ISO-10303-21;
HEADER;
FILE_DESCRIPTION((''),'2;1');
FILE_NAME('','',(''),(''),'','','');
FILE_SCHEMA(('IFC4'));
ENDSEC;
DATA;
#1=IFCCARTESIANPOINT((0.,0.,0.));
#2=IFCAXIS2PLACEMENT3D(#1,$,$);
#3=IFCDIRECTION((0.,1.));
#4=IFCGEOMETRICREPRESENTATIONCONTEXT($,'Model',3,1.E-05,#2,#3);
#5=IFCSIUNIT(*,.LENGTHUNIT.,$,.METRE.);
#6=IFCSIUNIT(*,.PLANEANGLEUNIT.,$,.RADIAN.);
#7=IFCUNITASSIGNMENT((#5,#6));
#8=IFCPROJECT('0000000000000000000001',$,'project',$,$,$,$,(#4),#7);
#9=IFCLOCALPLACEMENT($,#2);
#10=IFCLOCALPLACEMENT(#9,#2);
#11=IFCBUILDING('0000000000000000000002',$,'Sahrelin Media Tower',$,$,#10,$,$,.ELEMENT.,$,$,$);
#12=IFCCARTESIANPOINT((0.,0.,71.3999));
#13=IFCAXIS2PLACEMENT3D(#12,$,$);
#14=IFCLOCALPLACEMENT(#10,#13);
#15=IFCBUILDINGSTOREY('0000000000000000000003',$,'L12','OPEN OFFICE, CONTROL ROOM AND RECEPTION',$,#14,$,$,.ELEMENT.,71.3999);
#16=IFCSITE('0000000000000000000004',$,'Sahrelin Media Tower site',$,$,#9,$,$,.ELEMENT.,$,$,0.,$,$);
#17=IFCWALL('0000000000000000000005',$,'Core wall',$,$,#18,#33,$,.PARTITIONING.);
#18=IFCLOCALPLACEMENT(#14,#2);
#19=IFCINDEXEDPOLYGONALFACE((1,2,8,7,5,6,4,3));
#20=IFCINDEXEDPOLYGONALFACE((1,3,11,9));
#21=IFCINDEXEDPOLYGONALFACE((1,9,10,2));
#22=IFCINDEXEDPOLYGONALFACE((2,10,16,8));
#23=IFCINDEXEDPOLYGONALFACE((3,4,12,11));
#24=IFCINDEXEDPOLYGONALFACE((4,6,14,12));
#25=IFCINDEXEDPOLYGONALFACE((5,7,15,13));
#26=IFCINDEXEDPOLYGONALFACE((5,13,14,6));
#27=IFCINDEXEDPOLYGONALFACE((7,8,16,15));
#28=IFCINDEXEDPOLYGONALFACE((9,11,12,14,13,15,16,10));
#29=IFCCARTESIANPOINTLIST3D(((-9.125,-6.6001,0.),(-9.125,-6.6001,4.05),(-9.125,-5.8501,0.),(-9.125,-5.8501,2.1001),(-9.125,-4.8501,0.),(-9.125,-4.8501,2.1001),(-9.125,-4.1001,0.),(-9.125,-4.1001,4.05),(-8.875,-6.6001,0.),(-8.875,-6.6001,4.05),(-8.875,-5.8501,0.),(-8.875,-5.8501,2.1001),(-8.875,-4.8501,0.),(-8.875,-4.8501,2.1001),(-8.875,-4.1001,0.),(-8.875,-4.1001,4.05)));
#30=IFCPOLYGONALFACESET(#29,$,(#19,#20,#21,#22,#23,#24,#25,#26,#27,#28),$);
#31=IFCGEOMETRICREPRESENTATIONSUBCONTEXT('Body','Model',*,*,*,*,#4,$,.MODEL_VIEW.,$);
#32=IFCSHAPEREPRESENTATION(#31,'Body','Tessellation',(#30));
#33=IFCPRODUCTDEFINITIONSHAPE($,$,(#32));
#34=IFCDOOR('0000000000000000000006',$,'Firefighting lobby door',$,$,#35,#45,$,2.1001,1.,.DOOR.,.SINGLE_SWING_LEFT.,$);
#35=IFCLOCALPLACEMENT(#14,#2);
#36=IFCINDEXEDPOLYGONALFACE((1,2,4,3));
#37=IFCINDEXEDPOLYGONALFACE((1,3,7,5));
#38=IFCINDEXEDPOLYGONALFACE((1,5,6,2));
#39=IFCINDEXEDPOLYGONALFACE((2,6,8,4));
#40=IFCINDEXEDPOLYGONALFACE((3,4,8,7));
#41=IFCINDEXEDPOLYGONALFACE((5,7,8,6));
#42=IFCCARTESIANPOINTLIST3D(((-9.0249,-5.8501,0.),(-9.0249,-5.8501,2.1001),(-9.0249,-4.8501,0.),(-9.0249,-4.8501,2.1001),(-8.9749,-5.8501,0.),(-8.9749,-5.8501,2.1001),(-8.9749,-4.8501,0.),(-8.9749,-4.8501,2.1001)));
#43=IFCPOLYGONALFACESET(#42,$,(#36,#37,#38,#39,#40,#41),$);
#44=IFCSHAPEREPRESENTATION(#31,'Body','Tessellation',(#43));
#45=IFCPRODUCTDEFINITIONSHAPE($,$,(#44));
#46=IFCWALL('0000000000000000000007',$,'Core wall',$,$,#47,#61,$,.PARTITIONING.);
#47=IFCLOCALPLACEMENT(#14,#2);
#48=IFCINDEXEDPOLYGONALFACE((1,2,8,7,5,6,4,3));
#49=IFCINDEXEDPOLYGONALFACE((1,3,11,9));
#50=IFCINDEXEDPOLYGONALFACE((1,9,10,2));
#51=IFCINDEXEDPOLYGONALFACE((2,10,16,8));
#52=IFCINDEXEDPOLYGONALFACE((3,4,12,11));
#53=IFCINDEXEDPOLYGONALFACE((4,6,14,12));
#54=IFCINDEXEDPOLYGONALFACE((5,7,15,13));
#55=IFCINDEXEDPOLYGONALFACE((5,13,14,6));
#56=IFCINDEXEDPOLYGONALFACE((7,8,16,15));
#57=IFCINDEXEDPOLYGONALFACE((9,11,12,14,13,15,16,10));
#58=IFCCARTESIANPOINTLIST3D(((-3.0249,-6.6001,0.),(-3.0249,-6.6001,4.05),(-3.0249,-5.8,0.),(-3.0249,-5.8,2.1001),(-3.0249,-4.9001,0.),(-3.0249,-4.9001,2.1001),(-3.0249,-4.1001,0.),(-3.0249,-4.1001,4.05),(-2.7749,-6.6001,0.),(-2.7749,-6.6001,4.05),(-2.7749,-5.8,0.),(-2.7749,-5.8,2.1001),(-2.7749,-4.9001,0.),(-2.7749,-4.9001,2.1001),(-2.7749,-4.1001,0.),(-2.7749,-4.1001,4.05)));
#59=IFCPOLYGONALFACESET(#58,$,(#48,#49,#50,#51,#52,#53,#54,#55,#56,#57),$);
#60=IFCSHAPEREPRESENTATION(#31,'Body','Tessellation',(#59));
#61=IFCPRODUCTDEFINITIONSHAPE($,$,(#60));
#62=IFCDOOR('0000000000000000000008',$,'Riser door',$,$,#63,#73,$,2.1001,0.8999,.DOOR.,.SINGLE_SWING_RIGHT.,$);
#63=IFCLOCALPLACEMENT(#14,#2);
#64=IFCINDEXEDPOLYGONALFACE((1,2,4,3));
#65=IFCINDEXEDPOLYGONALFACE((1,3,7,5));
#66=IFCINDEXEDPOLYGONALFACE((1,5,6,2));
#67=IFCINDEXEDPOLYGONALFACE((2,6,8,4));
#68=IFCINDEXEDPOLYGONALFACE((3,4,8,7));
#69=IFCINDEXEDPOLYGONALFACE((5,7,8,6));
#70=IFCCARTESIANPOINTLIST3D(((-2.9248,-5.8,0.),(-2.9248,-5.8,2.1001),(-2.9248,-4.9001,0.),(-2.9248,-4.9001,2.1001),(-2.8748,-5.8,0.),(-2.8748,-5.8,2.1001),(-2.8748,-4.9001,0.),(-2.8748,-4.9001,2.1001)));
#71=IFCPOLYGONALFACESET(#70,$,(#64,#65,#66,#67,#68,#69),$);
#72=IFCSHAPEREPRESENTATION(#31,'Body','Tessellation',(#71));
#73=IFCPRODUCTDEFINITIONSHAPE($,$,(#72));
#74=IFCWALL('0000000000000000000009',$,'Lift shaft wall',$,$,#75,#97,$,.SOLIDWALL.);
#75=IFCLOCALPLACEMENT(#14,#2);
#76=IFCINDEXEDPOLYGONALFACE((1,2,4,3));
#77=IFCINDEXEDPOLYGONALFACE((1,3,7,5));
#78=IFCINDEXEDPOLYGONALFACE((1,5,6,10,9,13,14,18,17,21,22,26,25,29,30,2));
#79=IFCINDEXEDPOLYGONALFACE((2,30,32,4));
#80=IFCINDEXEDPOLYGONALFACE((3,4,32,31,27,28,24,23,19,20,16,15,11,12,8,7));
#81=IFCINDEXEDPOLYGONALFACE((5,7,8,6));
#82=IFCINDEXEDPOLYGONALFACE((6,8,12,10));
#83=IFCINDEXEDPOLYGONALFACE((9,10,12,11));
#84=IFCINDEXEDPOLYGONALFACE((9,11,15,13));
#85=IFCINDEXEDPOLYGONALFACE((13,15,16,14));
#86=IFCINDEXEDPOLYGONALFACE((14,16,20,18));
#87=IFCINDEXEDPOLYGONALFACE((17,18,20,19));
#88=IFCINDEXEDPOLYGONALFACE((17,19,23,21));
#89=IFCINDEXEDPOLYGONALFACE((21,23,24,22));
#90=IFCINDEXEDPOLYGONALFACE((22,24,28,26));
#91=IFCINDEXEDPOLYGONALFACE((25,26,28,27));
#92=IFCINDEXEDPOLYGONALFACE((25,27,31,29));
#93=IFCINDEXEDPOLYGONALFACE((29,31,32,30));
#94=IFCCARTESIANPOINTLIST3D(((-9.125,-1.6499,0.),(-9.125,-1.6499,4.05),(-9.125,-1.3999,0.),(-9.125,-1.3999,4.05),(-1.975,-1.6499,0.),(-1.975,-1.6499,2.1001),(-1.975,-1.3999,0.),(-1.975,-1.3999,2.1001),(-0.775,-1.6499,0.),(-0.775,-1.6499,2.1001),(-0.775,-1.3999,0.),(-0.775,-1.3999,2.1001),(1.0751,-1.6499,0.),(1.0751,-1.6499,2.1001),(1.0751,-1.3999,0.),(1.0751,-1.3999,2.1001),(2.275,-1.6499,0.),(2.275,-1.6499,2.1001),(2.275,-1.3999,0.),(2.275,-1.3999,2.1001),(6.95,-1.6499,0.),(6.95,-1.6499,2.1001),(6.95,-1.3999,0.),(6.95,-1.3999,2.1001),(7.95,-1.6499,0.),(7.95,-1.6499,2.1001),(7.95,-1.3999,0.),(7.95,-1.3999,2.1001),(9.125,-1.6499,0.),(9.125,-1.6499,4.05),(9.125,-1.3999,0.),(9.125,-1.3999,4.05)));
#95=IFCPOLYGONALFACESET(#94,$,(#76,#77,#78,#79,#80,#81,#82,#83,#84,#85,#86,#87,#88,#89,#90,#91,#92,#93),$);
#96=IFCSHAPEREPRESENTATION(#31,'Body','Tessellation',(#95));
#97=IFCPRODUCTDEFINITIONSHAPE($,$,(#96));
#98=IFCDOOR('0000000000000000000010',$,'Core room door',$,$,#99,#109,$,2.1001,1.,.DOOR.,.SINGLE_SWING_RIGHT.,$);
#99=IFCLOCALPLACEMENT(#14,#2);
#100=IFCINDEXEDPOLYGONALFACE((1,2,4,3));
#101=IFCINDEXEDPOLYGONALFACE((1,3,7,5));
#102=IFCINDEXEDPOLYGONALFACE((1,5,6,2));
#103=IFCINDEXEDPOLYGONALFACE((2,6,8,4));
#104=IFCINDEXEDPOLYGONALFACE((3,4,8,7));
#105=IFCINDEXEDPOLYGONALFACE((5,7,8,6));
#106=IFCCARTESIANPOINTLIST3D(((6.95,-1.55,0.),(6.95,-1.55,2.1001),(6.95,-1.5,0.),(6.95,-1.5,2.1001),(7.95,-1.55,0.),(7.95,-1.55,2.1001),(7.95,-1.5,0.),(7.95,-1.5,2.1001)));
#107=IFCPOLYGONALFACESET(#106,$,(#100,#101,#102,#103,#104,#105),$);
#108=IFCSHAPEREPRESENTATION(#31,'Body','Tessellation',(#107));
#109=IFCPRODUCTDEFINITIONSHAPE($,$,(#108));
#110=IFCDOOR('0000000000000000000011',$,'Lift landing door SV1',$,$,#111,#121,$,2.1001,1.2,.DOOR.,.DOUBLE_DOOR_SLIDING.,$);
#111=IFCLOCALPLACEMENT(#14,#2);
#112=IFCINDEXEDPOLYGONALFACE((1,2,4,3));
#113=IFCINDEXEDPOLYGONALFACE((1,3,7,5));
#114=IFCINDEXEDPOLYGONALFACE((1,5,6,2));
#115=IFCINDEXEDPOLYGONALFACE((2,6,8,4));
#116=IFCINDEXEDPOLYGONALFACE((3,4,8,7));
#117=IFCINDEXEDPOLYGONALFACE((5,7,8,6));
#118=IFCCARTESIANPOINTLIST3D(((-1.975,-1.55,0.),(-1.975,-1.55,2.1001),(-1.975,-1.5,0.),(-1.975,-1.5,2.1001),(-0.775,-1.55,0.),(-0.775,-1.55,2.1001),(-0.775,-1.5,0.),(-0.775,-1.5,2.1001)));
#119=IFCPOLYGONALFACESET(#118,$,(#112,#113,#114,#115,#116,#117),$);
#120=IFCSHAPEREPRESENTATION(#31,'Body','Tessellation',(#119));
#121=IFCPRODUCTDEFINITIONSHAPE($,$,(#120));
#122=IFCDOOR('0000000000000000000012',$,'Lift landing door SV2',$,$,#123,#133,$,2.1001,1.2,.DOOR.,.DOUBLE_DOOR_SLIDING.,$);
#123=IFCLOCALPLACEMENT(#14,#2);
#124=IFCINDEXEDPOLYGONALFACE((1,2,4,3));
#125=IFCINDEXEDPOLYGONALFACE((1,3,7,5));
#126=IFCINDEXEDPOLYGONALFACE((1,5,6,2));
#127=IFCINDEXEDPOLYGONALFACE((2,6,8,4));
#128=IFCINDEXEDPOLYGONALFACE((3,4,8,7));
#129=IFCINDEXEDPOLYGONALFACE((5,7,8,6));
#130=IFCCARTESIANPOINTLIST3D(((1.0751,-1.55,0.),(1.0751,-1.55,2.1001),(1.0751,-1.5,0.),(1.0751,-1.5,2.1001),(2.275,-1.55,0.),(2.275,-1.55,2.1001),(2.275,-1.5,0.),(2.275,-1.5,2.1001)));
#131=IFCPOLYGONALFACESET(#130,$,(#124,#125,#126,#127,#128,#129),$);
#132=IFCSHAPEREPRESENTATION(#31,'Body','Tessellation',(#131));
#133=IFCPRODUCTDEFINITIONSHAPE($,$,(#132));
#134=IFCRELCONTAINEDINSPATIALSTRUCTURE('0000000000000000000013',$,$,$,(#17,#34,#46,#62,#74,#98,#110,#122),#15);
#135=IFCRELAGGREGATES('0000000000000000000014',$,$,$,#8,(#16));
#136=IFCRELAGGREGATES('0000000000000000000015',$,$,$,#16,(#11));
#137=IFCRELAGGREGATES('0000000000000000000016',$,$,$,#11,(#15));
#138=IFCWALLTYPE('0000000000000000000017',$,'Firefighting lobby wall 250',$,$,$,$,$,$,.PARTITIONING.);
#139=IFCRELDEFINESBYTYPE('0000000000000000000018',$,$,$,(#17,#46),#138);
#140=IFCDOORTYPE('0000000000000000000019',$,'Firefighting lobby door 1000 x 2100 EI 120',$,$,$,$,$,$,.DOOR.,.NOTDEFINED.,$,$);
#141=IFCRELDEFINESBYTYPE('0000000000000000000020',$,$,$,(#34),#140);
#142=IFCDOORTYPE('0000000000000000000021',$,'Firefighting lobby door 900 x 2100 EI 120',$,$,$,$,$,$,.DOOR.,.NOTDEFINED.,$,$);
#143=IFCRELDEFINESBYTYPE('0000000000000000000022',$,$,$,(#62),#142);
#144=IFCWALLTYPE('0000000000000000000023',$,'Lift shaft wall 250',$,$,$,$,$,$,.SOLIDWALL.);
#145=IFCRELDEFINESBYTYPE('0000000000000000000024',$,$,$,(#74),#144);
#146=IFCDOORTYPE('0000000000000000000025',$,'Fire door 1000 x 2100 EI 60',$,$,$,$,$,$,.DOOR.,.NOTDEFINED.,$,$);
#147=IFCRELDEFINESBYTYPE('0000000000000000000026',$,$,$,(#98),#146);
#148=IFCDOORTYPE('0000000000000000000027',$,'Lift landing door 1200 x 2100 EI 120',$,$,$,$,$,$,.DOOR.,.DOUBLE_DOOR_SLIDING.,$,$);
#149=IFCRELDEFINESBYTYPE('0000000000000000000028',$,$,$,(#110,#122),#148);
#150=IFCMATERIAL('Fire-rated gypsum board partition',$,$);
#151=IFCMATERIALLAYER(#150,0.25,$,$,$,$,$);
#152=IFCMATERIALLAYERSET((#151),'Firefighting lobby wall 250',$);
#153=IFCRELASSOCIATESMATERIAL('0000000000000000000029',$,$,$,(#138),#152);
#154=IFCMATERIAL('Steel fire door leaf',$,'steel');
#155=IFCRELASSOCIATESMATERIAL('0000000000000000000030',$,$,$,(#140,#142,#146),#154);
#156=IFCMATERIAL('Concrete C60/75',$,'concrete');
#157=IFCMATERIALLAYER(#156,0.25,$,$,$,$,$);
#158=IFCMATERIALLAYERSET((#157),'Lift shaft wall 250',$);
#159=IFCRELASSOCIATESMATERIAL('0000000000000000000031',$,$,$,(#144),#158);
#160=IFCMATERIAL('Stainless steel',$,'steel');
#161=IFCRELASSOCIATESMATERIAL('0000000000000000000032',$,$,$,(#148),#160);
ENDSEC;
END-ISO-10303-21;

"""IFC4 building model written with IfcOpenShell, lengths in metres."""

from ifc_helpers import new_model, si_unit, direction, frame, frame_2d, origin, place, context, subcontext, project, spatial, rectangle, extrude, material, layer, layer_set, type_object, element, fill, save


model = new_model("IFC4")

# Units and contexts
model_context = context("Model", 3, precision=1e-05, world=origin(), true_north=direction((0.0, 1.0)))
body_context = subcontext(model_context, "Body", "Model", "MODEL_VIEW")
ifc_project = project(units=[si_unit("LENGTHUNIT", "METRE"), si_unit("PLANEANGLEUNIT", "RADIAN")], contexts=[model_context])

# Site, building, storey
site_placement = place(None, origin())
site = spatial("IfcSite", under=ifc_project, at=site_placement, Name="Sahrelin Media Tower site", CompositionType="ELEMENT", RefElevation=0.0)
building_placement = place(site_placement, origin())
building = spatial("IfcBuilding", under=site, at=building_placement, Name="Sahrelin Media Tower", CompositionType="ELEMENT")
storey_placement = place(building_placement, frame((0.0, 0.0, 71.3999)))
storey = spatial("IfcBuildingStorey", under=building, at=storey_placement, Name="L12", Description="OPEN OFFICE, CONTROL ROOM AND RECEPTION", CompositionType="ELEMENT", Elevation=71.3999)

# Walls, openings, doors
ifc_material_1 = material(Name="Fire-rated gypsum board partition")
ifc_layer_1 = layer(ifc_material_1, 0.25)
ifc_layer_set_1 = layer_set([ifc_layer_1], Name="Firefighting lobby wall 250")
wall_type_1 = type_object("IfcWallType", Name="Firefighting lobby wall 250", PredefinedType="PARTITIONING", material=ifc_layer_set_1)
wall_1_placement = place(storey_placement, frame((-9.0, -6.6001, 0.0), z_axis=(0.0, 0.0, 1.0), x_axis=(0.0, 1.0, 0.0)))
wall_1 = element("IfcWall", 1, at=wall_1_placement, inside=storey, type_object=wall_type_1, Name="Core wall", PredefinedType="PARTITIONING", context=body_context, shape_type="SweptSolid", body=[
    extrude(rectangle(XDim=2.5, YDim=0.25, at=frame_2d((1.25, 0.0))), origin(), (0.0, 0.0, 1.0), 4.05),
])
opening_1_placement = place(wall_1_placement, frame((0.75, 0.0, 0.0)))
opening_1 = element("IfcOpeningElement", 2, at=opening_1_placement, cuts=wall_1, PredefinedType="OPENING", context=body_context, shape_type="SweptSolid", body=[
    extrude(rectangle(XDim=1.0, YDim=2.1001, at=frame_2d((0.5, 1.05))), frame((0.0, 0.125, 0.0), z_axis=(0.0, -1.0, 0.0), x_axis=(1.0, 0.0, 0.0)), (0.0, 0.0, 1.0), 0.25),
])
ifc_material_2 = material(Name="Steel fire door leaf", Category="steel")
door_type_1 = type_object("IfcDoorType", Name="Firefighting lobby door 1000 x 2100 EI 120", OperationType="NOTDEFINED", PredefinedType="DOOR", material=ifc_material_2)
door_1_placement = place(opening_1_placement, origin())
door_1 = element("IfcDoor", 3, at=door_1_placement, inside=storey, type_object=door_type_1, Name="Firefighting lobby door", OperationType="SINGLE_SWING_LEFT", OverallHeight=2.1001, OverallWidth=1.0, PredefinedType="DOOR", context=body_context, shape_type="SweptSolid", body=[
    extrude(rectangle(XDim=1.0, YDim=2.1001, at=frame_2d((0.5, 1.05))), frame((0.0, 0.0249, 0.0), z_axis=(0.0, -1.0, 0.0), x_axis=(1.0, 0.0, 0.0)), (0.0, 0.0, 1.0), 0.05),
])
fill(opening_1, door_1)
wall_2_placement = place(storey_placement, frame((-2.8999, -6.6001, 0.0), z_axis=(0.0, 0.0, 1.0), x_axis=(0.0, 1.0, 0.0)))
wall_2 = element("IfcWall", 4, at=wall_2_placement, inside=storey, type_object=wall_type_1, Name="Core wall", PredefinedType="PARTITIONING", context=body_context, shape_type="SweptSolid", body=[
    extrude(rectangle(XDim=2.5, YDim=0.25, at=frame_2d((1.25, 0.0))), origin(), (0.0, 0.0, 1.0), 4.05),
])
opening_2_placement = place(wall_2_placement, frame((0.8, 0.0, 0.0)))
opening_2 = element("IfcOpeningElement", 5, at=opening_2_placement, cuts=wall_2, PredefinedType="OPENING", context=body_context, shape_type="SweptSolid", body=[
    extrude(rectangle(XDim=0.8999, YDim=2.1001, at=frame_2d((0.45, 1.05))), frame((0.0, 0.125, 0.0), z_axis=(0.0, -1.0, 0.0), x_axis=(1.0, 0.0, 0.0)), (0.0, 0.0, 1.0), 0.25),
])
door_type_2 = type_object("IfcDoorType", Name="Firefighting lobby door 900 x 2100 EI 120", OperationType="NOTDEFINED", PredefinedType="DOOR", material=ifc_material_2)
door_2_placement = place(opening_2_placement, origin())
door_2 = element("IfcDoor", 6, at=door_2_placement, inside=storey, type_object=door_type_2, Name="Riser door", OperationType="SINGLE_SWING_RIGHT", OverallHeight=2.1001, OverallWidth=0.8999, PredefinedType="DOOR", context=body_context, shape_type="SweptSolid", body=[
    extrude(rectangle(XDim=0.8999, YDim=2.1001, at=frame_2d((0.45, 1.05))), frame((0.0, 0.0249, 0.0), z_axis=(0.0, -1.0, 0.0), x_axis=(1.0, 0.0, 0.0)), (0.0, 0.0, 1.0), 0.05),
])
fill(opening_2, door_2)

# Wall, openings, doors
ifc_material_3 = material(Name="Concrete C60/75", Category="concrete")
ifc_layer_2 = layer(ifc_material_3, 0.25)
ifc_layer_set_2 = layer_set([ifc_layer_2], Name="Lift shaft wall 250")
wall_type_2 = type_object("IfcWallType", Name="Lift shaft wall 250", PredefinedType="SOLIDWALL", material=ifc_layer_set_2)
wall_3_placement = place(storey_placement, frame((-9.125, -1.5249, 0.0), z_axis=(0.0, 0.0, 1.0), x_axis=(1.0, 0.0, 0.0)))
wall_3 = element("IfcWall", 7, at=wall_3_placement, inside=storey, type_object=wall_type_2, Name="Lift shaft wall", PredefinedType="SOLIDWALL", context=body_context, shape_type="SweptSolid", body=[
    extrude(rectangle(XDim=18.25, YDim=0.25, at=frame_2d((9.125, 0.0))), origin(), (0.0, 0.0, 1.0), 4.05),
])
opening_3_placement = place(wall_3_placement, frame((7.1499, 0.0, 0.0)))
opening_3 = element("IfcOpeningElement", 8, at=opening_3_placement, cuts=wall_3, PredefinedType="OPENING", context=body_context, shape_type="SweptSolid", body=[
    extrude(rectangle(XDim=1.2, YDim=2.1001, at=frame_2d((0.6001, 1.05))), frame((0.0, 0.125, 0.0), z_axis=(0.0, -1.0, 0.0), x_axis=(1.0, 0.0, 0.0)), (0.0, 0.0, 1.0), 0.25),
])
opening_4_placement = place(wall_3_placement, frame((10.2, 0.0, 0.0)))
opening_4 = element("IfcOpeningElement", 9, at=opening_4_placement, cuts=wall_3, PredefinedType="OPENING", context=body_context, shape_type="SweptSolid", body=[
    extrude(rectangle(XDim=1.2, YDim=2.1001, at=frame_2d((0.6001, 1.05))), frame((0.0, 0.125, 0.0), z_axis=(0.0, -1.0, 0.0), x_axis=(1.0, 0.0, 0.0)), (0.0, 0.0, 1.0), 0.25),
])
opening_5_placement = place(wall_3_placement, frame((16.075, 0.0, 0.0)))
opening_5 = element("IfcOpeningElement", 10, at=opening_5_placement, cuts=wall_3, PredefinedType="OPENING", context=body_context, shape_type="SweptSolid", body=[
    extrude(rectangle(XDim=1.0, YDim=2.1001, at=frame_2d((0.5, 1.05))), frame((0.0, 0.125, 0.0), z_axis=(0.0, -1.0, 0.0), x_axis=(1.0, 0.0, 0.0)), (0.0, 0.0, 1.0), 0.25),
])
door_type_3 = type_object("IfcDoorType", Name="Fire door 1000 x 2100 EI 60", OperationType="NOTDEFINED", PredefinedType="DOOR", material=ifc_material_2)
door_3_placement = place(opening_5_placement, origin())
door_3 = element("IfcDoor", 11, at=door_3_placement, inside=storey, type_object=door_type_3, Name="Core room door", OperationType="SINGLE_SWING_RIGHT", OverallHeight=2.1001, OverallWidth=1.0, PredefinedType="DOOR", context=body_context, shape_type="SweptSolid", body=[
    extrude(rectangle(XDim=1.0, YDim=2.1001, at=frame_2d((0.5, 1.05))), frame((0.0, 0.0249, 0.0), z_axis=(0.0, -1.0, 0.0), x_axis=(1.0, 0.0, 0.0)), (0.0, 0.0, 1.0), 0.05),
])
fill(opening_5, door_3)
ifc_material_4 = material(Name="Stainless steel", Category="steel")
door_type_4 = type_object("IfcDoorType", Name="Lift landing door 1200 x 2100 EI 120", OperationType="DOUBLE_DOOR_SLIDING", PredefinedType="DOOR", material=ifc_material_4)
door_4_placement = place(opening_3_placement, origin())
door_4 = element("IfcDoor", 12, at=door_4_placement, inside=storey, type_object=door_type_4, Name="Lift landing door SV1", OperationType="DOUBLE_DOOR_SLIDING", OverallHeight=2.1001, OverallWidth=1.2, PredefinedType="DOOR", context=body_context, shape_type="SweptSolid", body=[
    extrude(rectangle(XDim=1.2, YDim=2.1001, at=frame_2d((0.6001, 1.05))), frame((0.0, 0.0249, 0.0), z_axis=(0.0, -1.0, 0.0), x_axis=(1.0, 0.0, 0.0)), (0.0, 0.0, 1.0), 0.05),
])
fill(opening_3, door_4)
door_5_placement = place(opening_4_placement, origin())
door_5 = element("IfcDoor", 13, at=door_5_placement, inside=storey, type_object=door_type_4, Name="Lift landing door SV2", OperationType="DOUBLE_DOOR_SLIDING", OverallHeight=2.1001, OverallWidth=1.2, PredefinedType="DOOR", context=body_context, shape_type="SweptSolid", body=[
    extrude(rectangle(XDim=1.2, YDim=2.1001, at=frame_2d((0.6001, 1.05))), frame((0.0, 0.0249, 0.0), z_axis=(0.0, -1.0, 0.0), x_axis=(1.0, 0.0, 0.0)), (0.0, 0.0, 1.0), 0.05),
])
fill(opening_4, door_5)

save(model, "model.ifc")
